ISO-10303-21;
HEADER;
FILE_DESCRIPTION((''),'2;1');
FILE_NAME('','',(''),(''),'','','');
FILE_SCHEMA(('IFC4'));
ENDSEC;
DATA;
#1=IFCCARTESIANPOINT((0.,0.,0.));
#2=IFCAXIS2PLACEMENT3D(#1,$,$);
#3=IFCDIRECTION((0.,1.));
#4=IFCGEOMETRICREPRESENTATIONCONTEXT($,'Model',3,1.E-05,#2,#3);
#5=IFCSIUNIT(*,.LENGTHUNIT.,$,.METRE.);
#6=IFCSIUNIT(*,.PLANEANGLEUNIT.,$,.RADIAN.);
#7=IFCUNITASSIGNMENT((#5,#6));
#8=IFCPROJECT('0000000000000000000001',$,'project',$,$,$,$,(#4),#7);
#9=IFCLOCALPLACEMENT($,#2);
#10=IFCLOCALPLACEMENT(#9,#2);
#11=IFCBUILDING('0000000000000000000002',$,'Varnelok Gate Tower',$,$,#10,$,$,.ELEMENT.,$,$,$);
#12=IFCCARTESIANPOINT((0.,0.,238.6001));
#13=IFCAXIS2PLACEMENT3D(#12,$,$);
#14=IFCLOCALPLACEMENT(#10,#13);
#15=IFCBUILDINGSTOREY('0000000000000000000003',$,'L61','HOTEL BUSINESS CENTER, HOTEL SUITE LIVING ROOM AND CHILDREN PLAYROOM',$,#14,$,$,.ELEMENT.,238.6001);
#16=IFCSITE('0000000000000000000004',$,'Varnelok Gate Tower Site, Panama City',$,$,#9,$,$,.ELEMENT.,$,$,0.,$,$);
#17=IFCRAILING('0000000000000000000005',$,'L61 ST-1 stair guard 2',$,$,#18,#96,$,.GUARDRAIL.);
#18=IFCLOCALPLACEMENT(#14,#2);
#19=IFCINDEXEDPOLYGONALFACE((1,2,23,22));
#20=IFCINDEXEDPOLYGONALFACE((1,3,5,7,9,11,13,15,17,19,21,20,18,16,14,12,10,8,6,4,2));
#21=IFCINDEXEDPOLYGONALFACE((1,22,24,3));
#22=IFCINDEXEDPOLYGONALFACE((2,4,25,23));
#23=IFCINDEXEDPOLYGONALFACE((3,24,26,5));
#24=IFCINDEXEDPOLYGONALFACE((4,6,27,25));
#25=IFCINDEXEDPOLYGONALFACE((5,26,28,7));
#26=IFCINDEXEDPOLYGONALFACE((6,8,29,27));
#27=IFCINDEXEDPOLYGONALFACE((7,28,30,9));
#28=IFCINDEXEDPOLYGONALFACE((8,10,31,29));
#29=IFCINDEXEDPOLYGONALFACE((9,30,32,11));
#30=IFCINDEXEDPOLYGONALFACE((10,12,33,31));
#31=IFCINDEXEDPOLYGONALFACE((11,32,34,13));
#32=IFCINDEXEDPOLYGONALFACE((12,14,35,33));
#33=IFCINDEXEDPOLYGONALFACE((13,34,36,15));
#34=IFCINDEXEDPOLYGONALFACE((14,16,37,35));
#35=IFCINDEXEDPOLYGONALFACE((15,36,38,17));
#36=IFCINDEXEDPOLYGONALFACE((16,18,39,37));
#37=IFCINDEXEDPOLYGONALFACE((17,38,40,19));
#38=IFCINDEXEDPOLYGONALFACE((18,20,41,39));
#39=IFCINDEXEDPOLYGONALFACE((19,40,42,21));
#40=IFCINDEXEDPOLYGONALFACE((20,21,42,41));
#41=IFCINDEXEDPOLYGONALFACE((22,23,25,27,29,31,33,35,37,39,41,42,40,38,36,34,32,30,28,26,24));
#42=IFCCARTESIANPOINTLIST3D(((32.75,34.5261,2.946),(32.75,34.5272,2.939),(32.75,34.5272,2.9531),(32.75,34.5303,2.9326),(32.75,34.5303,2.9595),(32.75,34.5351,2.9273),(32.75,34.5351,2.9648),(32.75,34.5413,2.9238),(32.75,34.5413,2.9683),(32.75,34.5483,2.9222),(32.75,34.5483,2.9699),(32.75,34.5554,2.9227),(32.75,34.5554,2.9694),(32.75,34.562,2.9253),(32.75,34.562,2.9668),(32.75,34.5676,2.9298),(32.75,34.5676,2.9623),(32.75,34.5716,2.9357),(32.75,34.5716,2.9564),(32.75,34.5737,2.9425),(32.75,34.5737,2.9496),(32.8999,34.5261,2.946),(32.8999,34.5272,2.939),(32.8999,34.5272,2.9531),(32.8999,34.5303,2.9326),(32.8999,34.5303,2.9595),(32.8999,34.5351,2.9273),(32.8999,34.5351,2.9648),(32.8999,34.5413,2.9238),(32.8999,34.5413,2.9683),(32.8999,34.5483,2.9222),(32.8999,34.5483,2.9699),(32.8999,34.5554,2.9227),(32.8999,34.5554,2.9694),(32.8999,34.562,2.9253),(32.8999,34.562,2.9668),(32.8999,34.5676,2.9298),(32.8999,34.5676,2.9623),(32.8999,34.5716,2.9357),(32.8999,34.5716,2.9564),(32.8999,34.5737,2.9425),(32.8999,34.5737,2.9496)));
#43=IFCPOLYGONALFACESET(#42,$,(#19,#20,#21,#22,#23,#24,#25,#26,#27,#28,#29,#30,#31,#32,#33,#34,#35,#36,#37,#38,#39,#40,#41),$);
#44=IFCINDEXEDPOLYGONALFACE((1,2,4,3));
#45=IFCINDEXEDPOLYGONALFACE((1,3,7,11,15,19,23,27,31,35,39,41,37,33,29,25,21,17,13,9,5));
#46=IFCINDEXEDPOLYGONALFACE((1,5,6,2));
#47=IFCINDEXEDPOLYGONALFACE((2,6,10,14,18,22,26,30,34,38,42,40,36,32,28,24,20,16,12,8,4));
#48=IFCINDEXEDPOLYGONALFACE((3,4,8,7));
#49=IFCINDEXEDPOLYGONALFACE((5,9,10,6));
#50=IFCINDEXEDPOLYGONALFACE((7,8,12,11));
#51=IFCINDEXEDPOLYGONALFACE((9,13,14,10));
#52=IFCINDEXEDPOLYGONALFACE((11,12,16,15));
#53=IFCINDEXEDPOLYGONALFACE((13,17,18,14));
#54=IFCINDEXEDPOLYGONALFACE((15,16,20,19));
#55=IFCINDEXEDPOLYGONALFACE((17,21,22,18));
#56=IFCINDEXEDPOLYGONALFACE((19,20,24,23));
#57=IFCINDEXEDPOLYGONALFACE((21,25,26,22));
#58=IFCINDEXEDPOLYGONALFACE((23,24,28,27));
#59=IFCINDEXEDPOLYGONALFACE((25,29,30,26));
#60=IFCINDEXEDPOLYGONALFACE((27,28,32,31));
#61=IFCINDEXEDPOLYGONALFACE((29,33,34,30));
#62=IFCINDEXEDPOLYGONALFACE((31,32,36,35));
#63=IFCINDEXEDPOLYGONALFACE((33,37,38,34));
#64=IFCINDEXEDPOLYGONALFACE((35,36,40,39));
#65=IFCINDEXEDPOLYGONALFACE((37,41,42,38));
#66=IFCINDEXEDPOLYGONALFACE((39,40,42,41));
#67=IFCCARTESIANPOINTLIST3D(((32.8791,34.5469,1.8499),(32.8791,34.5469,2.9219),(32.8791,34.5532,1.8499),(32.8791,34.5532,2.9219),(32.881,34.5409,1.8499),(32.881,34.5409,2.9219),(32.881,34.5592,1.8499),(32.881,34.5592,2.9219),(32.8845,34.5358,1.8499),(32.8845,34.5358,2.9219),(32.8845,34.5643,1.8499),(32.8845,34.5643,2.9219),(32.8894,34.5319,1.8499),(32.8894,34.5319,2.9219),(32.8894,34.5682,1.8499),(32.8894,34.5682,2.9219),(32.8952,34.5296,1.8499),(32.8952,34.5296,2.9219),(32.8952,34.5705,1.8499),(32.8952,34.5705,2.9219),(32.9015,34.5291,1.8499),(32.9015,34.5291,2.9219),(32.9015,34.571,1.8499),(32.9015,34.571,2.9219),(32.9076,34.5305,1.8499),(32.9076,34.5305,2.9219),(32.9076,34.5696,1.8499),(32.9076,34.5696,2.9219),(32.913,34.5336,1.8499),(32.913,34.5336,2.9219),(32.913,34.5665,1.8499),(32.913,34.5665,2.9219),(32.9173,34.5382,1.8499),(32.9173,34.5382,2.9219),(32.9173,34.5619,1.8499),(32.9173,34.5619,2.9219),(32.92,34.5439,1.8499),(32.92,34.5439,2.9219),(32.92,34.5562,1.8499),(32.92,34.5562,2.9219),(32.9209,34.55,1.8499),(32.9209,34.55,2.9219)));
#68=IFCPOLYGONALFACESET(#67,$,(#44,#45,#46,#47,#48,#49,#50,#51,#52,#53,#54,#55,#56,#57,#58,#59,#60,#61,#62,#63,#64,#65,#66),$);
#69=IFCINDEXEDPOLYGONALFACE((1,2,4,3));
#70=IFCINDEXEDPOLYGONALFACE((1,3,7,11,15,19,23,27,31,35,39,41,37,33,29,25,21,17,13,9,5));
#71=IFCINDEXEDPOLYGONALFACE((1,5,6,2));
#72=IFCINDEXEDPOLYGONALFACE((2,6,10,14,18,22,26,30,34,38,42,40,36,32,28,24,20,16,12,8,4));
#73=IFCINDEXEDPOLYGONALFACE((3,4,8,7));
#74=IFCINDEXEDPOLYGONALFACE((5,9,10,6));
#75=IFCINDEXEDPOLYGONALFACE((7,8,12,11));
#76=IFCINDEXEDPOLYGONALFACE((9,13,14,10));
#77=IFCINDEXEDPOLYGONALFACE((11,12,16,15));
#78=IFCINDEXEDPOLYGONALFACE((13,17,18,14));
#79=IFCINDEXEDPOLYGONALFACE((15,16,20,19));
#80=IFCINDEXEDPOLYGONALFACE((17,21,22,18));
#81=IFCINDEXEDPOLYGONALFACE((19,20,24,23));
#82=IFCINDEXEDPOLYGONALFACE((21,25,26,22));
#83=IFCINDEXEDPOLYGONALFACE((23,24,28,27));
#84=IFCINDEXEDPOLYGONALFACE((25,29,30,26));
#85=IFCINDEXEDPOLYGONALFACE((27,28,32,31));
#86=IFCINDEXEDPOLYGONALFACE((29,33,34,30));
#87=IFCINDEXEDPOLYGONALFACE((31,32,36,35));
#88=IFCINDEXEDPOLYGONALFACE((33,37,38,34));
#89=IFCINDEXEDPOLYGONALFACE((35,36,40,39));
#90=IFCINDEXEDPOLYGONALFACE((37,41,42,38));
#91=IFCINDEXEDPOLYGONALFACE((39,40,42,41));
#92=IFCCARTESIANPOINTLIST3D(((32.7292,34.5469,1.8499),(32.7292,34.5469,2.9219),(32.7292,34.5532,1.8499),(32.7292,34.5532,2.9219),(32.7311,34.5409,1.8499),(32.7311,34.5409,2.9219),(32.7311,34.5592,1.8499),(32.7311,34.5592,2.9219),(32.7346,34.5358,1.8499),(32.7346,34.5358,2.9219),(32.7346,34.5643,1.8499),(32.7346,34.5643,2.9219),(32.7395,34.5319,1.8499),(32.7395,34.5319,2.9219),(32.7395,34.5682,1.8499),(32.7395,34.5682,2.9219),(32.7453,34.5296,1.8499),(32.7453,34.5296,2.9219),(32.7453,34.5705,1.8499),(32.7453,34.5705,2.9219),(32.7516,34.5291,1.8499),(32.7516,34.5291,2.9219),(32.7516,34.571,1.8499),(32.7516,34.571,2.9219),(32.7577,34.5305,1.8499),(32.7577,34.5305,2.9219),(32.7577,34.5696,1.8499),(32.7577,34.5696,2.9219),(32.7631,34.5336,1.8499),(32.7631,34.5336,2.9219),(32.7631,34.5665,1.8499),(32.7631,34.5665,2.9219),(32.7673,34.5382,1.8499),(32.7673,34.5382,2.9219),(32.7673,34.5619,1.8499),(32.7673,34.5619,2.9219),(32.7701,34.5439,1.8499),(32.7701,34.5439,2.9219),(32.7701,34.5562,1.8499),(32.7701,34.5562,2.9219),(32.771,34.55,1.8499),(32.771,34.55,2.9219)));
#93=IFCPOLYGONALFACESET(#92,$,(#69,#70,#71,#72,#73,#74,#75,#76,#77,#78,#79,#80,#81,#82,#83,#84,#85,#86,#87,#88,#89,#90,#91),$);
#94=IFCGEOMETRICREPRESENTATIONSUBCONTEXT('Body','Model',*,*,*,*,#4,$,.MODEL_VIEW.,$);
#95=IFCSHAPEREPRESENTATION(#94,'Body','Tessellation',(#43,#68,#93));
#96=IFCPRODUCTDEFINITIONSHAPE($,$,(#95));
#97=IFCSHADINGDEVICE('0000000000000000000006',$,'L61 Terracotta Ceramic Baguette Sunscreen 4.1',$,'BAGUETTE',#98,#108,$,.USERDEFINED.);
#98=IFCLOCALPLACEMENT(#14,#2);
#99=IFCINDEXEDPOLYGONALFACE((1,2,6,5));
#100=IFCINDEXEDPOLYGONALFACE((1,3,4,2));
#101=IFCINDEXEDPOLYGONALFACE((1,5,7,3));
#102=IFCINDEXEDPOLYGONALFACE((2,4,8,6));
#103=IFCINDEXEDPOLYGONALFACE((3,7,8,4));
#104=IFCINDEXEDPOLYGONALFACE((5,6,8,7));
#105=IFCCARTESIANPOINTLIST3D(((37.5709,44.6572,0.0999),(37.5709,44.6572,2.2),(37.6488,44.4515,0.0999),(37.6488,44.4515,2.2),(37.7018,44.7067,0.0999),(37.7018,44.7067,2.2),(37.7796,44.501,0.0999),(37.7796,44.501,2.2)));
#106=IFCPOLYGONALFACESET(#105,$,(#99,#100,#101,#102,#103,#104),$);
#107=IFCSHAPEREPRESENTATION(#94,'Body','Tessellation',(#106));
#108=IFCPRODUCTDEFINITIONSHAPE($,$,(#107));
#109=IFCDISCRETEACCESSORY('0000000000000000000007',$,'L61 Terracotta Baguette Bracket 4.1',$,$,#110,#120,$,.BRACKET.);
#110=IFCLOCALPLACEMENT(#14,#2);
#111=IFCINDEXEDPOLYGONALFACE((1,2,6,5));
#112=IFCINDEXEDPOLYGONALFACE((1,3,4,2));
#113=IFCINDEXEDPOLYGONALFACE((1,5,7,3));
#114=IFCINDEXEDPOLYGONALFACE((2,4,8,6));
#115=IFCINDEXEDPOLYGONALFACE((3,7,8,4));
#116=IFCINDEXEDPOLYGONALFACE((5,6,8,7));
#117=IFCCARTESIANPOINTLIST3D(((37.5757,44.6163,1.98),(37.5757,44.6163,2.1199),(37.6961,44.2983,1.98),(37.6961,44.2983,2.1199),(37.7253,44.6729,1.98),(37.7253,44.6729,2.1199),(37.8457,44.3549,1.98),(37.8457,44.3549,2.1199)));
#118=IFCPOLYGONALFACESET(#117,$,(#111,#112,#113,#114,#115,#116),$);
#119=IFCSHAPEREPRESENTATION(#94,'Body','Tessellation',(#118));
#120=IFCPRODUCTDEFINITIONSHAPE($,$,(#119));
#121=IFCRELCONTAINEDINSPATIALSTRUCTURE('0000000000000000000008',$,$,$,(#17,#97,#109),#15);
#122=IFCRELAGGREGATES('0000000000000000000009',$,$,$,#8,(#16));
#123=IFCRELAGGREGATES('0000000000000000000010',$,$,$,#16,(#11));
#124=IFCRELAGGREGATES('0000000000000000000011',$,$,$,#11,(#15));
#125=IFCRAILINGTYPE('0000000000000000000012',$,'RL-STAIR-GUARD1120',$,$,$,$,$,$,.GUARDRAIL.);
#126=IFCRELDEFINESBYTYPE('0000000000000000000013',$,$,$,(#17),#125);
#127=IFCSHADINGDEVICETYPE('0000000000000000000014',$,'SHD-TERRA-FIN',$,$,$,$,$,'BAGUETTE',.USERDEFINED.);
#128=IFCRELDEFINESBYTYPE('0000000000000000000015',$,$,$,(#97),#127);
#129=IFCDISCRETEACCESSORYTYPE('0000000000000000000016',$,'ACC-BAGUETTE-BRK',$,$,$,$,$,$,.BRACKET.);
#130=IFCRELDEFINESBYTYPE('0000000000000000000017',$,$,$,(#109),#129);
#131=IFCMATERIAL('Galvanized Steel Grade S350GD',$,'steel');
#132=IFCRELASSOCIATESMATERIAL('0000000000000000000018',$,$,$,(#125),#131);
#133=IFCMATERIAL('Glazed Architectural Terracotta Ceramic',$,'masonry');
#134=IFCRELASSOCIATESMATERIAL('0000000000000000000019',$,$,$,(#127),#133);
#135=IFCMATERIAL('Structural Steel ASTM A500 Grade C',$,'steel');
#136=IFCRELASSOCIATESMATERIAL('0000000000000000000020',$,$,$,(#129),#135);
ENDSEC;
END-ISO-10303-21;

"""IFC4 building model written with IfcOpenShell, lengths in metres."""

from ifc_helpers import new_model, si_unit, direction, frame, origin, origin_2d, place, context, subcontext, project, spatial, rectangle, circle, extrude, source, transform, mapped, material, type_object, element, save


model = new_model("IFC4")

# Units and contexts
model_context = context("Model", 3, precision=1e-05, world=origin(), true_north=direction((0.0, 1.0)))
body_context = subcontext(model_context, "Body", "Model", "MODEL_VIEW")
ifc_project = project(units=[si_unit("LENGTHUNIT", "METRE"), si_unit("PLANEANGLEUNIT", "RADIAN")], contexts=[model_context])

# Site, building, storey
site_placement = place(None, origin())
site = spatial("IfcSite", under=ifc_project, at=site_placement, Name="Varnelok Gate Tower Site, Panama City", CompositionType="ELEMENT", RefElevation=0.0)
building_placement = place(site_placement, origin())
building = spatial("IfcBuilding", under=site, at=building_placement, Name="Varnelok Gate Tower", CompositionType="ELEMENT")
storey_placement = place(building_placement, frame((0.0, 0.0, 238.6001)))
storey = spatial("IfcBuildingStorey", under=building, at=storey_placement, Name="L61", Description="HOTEL BUSINESS CENTER, HOTEL SUITE LIVING ROOM AND CHILDREN PLAYROOM", CompositionType="ELEMENT", Elevation=238.6001)

# Shared definitions
ifc_material_1 = material(Name="Galvanized Steel Grade S350GD", Category="steel")

# Railing
railing_type_1 = type_object("IfcRailingType", Name="RL-STAIR-GUARD1120", PredefinedType="GUARDRAIL", material=ifc_material_1)
railing_1_placement = place(storey_placement, frame((32.8999, 34.55, 1.8499)))
element("IfcRailing", 1, at=railing_1_placement, inside=storey, type_object=railing_type_1, Name="L61 ST-1 stair guard 2", PredefinedType="GUARDRAIL", context=body_context, shape_type="SweptSolid", body=[
    extrude(circle(Radius=0.0239, at=origin_2d()), frame((0.0, 0.0, 1.0962), z_axis=(-1.0, 0.0, 0.0), x_axis=(0.0, -1.0, 0.0)), (0.0, 0.0, 1.0), 0.1499),
    extrude(circle(Radius=0.021, at=origin_2d()), origin(), (0.0, 0.0, 1.0), 1.072),
    extrude(circle(Radius=0.021, at=origin_2d()), frame((-0.1499, 0.0, 0.0)), (0.0, 0.0, 1.0), 1.072),
])

# Shading device
ifc_material_2 = material(Name="Glazed Architectural Terracotta Ceramic", Category="masonry")
shading_device_type = type_object("IfcShadingDeviceType", Name="SHD-TERRA-FIN", ElementType="BAGUETTE", PredefinedType="USERDEFINED", material=ifc_material_2)
shared_shape_1 = source(origin(), body_context, "Body", "SweptSolid", [
    extrude(rectangle(XDim=0.1399, YDim=0.22, at=origin_2d()), origin(), (0.0, 0.0, 1.0), 2.1001),
])
shading_device_placement = place(storey_placement, frame((37.6753, 44.5791, 0.0999), z_axis=(0.0, 0.0, 1.0), x_axis=(0.935222, 0.354063, 0.0)))
element("IfcShadingDevice", 2, at=shading_device_placement, inside=storey, type_object=shading_device_type, Name="L61 Terracotta Ceramic Baguette Sunscreen 4.1", ObjectType="BAGUETTE", PredefinedType="USERDEFINED", context=body_context, shape_type="MappedRepresentation", body=[
    mapped(shared_shape_1, transform((0.0, 0.0, 0.0), scale=1.0)),
])

# Discrete accessory
ifc_material_3 = material(Name="Structural Steel ASTM A500 Grade C", Category="steel")
discrete_accessory_type = type_object("IfcDiscreteAccessoryType", Name="ACC-BAGUETTE-BRK", PredefinedType="BRACKET", material=ifc_material_3)
shared_shape_2 = source(origin(), body_context, "Body", "SweptSolid", [
    extrude(rectangle(XDim=0.1599, YDim=0.3401, at=origin_2d()), origin(), (0.0, 0.0, 1.0), 0.1399),
])
discrete_accessory_placement = place(storey_placement, frame((37.7107, 44.4856, 1.98), z_axis=(0.0, 0.0, 1.0), x_axis=(0.935222, 0.354063, 0.0)))
element("IfcDiscreteAccessory", 3, at=discrete_accessory_placement, inside=storey, type_object=discrete_accessory_type, Name="L61 Terracotta Baguette Bracket 4.1", PredefinedType="BRACKET", context=body_context, shape_type="MappedRepresentation", body=[
    mapped(shared_shape_2, transform((0.0, 0.0, 0.0), scale=1.0)),
])

save(model, "model.ifc")
